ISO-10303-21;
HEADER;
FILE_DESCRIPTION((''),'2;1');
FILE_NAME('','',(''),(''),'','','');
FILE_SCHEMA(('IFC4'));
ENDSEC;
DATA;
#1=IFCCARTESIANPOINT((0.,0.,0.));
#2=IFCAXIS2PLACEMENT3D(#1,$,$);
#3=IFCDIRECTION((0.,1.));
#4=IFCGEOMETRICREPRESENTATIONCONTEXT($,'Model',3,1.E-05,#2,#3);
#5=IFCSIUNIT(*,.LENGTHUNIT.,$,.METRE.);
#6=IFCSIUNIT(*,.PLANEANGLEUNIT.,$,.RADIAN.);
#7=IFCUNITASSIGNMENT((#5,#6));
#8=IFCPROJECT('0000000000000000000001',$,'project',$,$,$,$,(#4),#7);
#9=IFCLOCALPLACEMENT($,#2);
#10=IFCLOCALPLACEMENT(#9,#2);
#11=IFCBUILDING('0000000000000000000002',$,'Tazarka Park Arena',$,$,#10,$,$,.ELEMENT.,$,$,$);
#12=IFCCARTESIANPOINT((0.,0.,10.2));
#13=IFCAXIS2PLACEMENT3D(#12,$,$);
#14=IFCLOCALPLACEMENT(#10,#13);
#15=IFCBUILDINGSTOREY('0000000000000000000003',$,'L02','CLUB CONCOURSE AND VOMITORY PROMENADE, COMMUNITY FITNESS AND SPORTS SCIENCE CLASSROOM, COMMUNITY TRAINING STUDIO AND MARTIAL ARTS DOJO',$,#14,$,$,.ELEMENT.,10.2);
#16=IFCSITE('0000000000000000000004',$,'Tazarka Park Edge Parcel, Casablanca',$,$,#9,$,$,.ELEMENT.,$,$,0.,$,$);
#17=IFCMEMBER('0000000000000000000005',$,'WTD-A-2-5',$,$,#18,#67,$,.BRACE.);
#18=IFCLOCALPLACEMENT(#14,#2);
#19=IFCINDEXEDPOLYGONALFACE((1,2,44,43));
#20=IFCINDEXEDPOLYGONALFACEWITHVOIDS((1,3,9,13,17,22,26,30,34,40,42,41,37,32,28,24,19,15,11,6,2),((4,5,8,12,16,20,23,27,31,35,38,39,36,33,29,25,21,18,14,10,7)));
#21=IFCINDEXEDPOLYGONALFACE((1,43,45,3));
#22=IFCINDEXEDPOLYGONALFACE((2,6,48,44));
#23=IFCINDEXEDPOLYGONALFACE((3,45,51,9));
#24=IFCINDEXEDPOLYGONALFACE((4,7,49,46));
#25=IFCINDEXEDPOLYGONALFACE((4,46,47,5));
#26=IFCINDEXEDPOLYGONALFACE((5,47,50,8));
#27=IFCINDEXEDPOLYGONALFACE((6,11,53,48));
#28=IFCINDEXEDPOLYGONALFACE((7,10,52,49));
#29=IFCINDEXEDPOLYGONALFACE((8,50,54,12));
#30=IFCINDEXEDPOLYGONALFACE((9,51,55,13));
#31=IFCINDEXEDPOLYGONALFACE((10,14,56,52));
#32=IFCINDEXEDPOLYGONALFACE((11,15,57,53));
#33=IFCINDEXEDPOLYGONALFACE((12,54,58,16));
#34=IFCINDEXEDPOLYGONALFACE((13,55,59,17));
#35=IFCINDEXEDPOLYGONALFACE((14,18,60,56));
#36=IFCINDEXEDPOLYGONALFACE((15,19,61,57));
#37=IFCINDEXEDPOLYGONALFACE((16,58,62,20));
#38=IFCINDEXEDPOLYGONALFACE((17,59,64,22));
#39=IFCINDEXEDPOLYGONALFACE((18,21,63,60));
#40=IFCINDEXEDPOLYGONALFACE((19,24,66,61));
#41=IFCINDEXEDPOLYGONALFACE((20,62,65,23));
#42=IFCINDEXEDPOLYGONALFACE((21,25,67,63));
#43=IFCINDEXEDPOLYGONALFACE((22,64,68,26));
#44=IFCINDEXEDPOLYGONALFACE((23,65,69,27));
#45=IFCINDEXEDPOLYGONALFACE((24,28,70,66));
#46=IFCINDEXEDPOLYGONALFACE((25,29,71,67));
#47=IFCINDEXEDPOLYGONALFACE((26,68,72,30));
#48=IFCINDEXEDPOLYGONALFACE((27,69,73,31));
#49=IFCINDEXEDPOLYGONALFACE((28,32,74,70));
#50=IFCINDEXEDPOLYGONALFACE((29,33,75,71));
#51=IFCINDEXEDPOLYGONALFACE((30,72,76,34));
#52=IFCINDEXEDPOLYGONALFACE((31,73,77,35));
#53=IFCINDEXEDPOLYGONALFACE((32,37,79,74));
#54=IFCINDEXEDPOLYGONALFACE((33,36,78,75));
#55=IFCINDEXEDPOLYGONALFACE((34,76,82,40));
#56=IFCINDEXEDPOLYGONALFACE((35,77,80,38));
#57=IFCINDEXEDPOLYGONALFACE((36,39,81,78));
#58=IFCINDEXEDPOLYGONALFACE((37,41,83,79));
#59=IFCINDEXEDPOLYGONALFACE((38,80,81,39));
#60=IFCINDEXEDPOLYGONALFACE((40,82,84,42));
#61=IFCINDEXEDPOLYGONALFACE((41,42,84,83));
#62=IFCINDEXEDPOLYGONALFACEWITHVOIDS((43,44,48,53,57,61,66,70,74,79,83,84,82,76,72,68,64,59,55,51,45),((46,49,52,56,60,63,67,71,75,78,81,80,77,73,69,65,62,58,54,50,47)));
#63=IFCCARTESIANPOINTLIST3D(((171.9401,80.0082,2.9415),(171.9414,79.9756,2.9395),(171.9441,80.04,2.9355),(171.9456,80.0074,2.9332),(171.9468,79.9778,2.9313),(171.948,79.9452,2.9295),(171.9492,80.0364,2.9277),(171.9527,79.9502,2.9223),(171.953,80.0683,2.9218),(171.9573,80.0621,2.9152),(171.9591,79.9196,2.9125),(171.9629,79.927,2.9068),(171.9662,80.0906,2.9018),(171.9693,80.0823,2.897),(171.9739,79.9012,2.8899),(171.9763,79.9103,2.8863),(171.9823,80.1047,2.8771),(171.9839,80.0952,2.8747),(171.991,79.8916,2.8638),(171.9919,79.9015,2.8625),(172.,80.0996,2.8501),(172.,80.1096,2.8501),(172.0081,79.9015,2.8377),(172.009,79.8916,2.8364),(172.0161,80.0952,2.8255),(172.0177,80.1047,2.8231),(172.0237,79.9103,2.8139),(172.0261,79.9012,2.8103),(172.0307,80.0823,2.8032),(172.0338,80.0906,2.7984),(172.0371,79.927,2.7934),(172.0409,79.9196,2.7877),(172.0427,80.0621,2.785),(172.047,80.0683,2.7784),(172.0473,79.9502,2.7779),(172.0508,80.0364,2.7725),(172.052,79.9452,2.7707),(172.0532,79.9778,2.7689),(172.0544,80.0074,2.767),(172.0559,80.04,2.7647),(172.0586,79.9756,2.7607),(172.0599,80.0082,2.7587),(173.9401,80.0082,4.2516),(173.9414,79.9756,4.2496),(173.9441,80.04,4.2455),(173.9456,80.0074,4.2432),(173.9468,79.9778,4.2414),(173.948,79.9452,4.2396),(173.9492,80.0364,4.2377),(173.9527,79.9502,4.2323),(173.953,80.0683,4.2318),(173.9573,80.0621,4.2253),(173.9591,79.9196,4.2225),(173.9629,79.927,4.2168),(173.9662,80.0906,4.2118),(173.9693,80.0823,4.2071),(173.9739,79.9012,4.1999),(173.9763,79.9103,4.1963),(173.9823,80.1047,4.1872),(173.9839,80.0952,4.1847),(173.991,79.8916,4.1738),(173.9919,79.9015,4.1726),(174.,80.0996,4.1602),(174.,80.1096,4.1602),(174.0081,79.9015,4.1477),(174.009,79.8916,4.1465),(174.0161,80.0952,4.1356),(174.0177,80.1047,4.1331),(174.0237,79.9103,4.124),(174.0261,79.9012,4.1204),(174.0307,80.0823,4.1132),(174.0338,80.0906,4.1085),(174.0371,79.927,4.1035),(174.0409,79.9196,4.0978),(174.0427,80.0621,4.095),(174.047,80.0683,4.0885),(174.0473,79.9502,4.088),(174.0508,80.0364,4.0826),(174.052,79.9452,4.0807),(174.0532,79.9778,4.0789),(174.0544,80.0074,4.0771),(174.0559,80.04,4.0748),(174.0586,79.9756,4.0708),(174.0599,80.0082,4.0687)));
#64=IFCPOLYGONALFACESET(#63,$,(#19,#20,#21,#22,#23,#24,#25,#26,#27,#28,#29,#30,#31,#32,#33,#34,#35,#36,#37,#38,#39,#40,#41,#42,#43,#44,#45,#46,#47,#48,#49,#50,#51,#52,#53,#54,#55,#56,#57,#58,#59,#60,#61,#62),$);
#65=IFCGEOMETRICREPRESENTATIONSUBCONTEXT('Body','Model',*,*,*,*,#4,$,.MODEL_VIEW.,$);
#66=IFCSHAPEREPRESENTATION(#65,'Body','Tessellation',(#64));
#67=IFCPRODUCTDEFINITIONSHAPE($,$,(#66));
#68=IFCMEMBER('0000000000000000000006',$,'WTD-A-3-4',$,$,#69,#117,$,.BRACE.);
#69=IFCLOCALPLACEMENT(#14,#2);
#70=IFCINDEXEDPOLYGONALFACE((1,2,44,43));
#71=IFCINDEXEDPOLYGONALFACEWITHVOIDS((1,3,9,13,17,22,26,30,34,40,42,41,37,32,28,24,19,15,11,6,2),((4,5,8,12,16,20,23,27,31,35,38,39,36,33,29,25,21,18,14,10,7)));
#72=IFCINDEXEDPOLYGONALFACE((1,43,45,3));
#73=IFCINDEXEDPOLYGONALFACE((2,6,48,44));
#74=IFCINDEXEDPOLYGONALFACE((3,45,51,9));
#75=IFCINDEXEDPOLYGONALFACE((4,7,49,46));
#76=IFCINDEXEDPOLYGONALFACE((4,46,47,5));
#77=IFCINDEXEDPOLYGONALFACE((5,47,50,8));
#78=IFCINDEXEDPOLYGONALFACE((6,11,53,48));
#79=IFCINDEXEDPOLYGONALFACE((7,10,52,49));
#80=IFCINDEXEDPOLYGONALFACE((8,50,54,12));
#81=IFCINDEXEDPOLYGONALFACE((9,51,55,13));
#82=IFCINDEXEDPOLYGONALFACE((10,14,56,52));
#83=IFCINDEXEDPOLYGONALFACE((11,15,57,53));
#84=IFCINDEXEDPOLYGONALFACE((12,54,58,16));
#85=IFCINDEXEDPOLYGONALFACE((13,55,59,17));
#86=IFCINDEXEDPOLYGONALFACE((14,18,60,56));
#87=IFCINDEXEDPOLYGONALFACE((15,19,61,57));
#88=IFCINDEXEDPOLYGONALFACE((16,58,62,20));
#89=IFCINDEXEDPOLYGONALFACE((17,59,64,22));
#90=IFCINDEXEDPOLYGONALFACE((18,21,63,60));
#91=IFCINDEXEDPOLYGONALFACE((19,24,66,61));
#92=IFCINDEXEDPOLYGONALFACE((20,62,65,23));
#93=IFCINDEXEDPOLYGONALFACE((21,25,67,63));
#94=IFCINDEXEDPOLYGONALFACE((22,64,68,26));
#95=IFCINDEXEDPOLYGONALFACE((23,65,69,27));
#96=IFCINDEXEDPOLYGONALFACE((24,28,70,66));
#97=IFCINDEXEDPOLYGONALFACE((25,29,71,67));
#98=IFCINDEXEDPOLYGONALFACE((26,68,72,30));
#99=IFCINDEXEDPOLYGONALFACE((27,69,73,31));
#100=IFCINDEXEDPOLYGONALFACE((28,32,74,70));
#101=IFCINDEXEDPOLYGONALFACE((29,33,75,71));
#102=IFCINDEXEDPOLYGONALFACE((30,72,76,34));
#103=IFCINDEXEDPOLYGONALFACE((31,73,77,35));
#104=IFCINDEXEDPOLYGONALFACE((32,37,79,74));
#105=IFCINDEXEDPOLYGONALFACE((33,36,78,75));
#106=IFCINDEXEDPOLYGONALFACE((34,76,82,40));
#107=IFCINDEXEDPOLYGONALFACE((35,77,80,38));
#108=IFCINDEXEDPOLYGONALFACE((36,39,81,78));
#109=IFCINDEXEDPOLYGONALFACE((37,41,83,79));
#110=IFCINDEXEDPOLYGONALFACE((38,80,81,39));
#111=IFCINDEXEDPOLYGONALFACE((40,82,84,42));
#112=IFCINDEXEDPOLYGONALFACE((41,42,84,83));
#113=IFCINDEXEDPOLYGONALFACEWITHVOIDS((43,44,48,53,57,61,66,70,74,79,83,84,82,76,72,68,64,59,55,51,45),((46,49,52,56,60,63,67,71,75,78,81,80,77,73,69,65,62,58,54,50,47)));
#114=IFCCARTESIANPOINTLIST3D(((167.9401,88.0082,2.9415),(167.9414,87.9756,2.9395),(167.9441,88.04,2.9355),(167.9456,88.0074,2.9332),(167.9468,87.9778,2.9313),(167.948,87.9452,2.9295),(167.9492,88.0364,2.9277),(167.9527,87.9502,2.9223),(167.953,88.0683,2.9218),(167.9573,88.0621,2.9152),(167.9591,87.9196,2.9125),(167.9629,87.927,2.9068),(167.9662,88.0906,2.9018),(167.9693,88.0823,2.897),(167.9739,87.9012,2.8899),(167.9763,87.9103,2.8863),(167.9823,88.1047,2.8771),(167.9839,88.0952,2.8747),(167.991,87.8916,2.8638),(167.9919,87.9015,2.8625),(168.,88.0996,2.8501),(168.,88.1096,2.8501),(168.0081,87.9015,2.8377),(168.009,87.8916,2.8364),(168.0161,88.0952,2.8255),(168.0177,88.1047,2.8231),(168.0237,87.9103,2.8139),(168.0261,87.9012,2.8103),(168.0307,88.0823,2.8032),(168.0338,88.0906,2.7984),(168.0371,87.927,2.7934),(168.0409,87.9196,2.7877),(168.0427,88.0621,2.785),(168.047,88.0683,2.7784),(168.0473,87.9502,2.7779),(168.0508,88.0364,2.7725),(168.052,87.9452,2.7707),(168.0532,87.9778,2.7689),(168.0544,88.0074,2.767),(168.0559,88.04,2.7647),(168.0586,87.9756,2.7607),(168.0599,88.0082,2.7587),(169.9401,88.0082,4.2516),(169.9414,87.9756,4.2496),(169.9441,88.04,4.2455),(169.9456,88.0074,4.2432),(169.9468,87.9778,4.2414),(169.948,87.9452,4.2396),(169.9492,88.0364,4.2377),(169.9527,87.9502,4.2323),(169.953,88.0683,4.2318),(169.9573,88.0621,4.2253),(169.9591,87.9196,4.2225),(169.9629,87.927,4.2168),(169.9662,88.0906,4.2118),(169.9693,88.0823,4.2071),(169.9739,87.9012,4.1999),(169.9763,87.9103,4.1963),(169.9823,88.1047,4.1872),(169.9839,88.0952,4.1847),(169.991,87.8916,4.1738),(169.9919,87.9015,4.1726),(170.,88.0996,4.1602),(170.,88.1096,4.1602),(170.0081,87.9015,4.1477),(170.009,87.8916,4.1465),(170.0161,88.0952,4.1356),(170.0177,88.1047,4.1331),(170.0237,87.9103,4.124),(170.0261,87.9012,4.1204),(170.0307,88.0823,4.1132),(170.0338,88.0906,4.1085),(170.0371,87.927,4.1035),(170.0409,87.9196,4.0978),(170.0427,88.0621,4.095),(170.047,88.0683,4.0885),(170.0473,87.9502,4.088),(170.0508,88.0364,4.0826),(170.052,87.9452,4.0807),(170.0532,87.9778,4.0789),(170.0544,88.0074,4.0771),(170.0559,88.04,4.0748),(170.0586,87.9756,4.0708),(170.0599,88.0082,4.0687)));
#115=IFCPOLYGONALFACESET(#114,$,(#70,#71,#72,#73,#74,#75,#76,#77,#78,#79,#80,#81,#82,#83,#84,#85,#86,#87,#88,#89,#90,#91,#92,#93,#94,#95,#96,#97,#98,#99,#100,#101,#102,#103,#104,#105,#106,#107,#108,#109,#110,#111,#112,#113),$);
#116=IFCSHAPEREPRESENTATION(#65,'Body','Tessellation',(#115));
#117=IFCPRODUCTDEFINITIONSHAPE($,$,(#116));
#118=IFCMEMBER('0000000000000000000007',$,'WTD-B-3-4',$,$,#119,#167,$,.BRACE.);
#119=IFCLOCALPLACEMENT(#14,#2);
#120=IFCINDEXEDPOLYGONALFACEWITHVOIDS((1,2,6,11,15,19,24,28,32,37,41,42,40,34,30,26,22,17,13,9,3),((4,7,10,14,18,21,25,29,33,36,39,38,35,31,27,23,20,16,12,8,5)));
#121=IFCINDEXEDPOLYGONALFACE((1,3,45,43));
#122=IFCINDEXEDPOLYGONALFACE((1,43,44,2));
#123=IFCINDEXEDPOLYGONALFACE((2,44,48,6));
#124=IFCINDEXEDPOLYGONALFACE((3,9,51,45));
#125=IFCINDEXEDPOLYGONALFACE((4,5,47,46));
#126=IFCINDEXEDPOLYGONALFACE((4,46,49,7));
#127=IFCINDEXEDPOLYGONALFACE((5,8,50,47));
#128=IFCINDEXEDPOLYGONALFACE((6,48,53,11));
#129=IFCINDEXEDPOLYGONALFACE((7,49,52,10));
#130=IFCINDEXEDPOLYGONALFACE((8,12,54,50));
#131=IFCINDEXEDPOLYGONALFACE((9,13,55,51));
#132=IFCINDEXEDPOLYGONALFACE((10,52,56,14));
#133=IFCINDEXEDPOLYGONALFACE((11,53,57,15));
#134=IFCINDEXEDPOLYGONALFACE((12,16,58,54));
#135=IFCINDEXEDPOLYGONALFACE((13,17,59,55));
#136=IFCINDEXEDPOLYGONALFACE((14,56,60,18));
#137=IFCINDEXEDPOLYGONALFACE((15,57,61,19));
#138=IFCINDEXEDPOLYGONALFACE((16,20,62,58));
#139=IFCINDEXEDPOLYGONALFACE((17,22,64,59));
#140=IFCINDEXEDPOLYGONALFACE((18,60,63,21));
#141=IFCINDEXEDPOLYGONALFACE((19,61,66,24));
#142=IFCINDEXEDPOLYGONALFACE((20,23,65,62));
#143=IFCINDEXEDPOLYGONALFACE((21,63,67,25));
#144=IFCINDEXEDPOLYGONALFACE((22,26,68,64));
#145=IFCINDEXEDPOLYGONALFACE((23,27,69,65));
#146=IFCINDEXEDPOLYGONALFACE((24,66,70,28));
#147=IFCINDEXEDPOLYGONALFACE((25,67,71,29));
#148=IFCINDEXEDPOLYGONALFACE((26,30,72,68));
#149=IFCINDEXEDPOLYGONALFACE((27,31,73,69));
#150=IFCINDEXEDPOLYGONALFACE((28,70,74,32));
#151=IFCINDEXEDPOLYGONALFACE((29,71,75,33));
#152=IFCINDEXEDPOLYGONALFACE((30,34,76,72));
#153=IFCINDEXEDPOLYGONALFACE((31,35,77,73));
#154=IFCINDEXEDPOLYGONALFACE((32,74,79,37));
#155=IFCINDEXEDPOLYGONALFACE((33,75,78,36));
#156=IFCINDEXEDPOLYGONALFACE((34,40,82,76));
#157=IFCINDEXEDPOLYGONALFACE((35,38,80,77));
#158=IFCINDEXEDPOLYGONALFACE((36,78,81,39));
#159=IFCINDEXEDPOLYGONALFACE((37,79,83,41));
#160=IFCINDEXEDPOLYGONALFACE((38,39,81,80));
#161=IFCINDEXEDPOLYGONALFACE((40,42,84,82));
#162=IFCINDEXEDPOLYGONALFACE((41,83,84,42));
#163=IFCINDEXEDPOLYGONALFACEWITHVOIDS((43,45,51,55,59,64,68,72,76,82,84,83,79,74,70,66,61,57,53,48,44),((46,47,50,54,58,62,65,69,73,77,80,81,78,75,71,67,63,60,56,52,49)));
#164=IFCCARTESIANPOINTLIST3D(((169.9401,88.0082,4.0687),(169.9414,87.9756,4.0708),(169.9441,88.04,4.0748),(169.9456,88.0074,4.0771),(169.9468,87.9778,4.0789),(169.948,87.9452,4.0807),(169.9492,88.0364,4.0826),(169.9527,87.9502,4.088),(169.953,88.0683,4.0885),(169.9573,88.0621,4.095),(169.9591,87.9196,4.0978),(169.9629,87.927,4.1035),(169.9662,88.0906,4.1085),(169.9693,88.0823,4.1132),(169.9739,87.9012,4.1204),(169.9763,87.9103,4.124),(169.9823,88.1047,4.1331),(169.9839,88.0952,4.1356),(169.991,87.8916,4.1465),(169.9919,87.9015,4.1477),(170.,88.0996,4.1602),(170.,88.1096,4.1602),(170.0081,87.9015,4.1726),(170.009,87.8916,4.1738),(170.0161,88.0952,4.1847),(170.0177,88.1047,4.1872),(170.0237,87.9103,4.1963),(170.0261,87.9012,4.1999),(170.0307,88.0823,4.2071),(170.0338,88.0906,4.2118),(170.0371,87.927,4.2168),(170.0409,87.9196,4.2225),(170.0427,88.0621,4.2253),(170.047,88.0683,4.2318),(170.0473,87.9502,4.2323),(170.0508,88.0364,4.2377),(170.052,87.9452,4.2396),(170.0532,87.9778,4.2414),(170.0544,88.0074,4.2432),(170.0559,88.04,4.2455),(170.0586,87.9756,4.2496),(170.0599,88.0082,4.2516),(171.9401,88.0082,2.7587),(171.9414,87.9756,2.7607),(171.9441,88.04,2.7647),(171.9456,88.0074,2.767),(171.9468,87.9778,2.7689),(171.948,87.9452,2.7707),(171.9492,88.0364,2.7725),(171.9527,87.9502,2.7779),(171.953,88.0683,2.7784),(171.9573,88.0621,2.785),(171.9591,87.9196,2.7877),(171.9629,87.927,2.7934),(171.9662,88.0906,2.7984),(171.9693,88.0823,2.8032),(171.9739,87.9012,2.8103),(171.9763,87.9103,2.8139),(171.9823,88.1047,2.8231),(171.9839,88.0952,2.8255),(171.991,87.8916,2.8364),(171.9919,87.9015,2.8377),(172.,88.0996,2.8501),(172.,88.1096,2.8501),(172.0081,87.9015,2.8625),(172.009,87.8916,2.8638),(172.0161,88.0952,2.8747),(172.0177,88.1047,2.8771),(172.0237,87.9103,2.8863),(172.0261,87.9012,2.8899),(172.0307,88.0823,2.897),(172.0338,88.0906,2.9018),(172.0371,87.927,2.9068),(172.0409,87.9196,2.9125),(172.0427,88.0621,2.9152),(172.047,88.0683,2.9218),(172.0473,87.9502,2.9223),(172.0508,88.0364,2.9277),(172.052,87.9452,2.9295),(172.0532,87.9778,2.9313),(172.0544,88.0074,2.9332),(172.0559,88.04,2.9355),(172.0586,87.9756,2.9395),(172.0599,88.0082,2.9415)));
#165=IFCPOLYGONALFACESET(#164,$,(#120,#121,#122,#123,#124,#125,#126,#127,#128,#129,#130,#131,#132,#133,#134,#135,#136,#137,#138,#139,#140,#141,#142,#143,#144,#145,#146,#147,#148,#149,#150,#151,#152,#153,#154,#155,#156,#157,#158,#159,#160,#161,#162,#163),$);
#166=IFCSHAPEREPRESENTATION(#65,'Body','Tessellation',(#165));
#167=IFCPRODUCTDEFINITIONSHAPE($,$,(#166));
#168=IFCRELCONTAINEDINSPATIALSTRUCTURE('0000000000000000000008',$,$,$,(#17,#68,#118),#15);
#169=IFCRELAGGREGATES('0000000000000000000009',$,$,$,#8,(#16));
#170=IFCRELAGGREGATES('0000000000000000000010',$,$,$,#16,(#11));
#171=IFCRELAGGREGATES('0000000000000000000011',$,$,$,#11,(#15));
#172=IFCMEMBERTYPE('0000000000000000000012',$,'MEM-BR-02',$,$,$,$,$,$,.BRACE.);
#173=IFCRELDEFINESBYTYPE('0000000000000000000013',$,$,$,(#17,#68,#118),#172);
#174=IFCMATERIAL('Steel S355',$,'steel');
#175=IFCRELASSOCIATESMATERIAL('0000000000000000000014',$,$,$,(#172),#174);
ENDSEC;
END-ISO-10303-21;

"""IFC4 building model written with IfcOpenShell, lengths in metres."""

from ifc_helpers import new_model, si_unit, direction, frame, origin, origin_2d, place, context, subcontext, project, spatial, hollow_circle, extrude, material, material_profile, profile_set, type_object, element, save


model = new_model("IFC4")

# Units and contexts
model_context = context("Model", 3, precision=1e-05, world=origin(), true_north=direction((0.0, 1.0)))
body_context = subcontext(model_context, "Body", "Model", "MODEL_VIEW")
ifc_project = project(units=[si_unit("LENGTHUNIT", "METRE"), si_unit("PLANEANGLEUNIT", "RADIAN")], contexts=[model_context])

# Site, building, storey
site_placement = place(None, origin())
site = spatial("IfcSite", under=ifc_project, at=site_placement, Name="Tazarka Park Edge Parcel, Casablanca", CompositionType="ELEMENT", RefElevation=0.0)
building_placement = place(site_placement, origin())
building = spatial("IfcBuilding", under=site, at=building_placement, Name="Tazarka Park Arena", CompositionType="ELEMENT")
storey_placement = place(building_placement, frame((0.0, 0.0, 10.2)))
storey = spatial("IfcBuildingStorey", under=building, at=storey_placement, Name="L02", Description="CLUB CONCOURSE AND VOMITORY PROMENADE, COMMUNITY FITNESS AND SPORTS SCIENCE CLASSROOM, COMMUNITY TRAINING STUDIO AND MARTIAL ARTS DOJO", CompositionType="ELEMENT", Elevation=10.2)

# Members
ifc_material_1 = material(Name="Steel S355", Category="steel")
ifc_material_profile_1 = material_profile(ifc_material_1, hollow_circle(Radius=0.1096, WallThickness=0.01, at=origin_2d()), Name="Steel S355")
ifc_profile_set_1 = profile_set([ifc_material_profile_1], Name="Steel S355")
member_type_1 = type_object("IfcMemberType", Name="MEM-BR-02", PredefinedType="BRACE", material=ifc_profile_set_1)
for number, where, z_axis, x_axis, name in (
    (1, (172.0, 80.0, 2.8501), (0.836516, 0.0, 0.547942), (0.0, 1.0, 0.0), "WTD-A-2-5"),
    (2, (168.0, 88.0, 2.8501), (0.836516, 0.0, 0.547942), (0.0, 1.0, 0.0), "WTD-A-3-4"),
    (3, (170.0, 88.0, 4.1602), (0.836516, 0.0, -0.547942), (0.0, 1.0, 0.0), "WTD-B-3-4"),
):
    element("IfcMember", number, at=place(storey_placement, frame(where, z_axis=z_axis, x_axis=x_axis)), inside=storey, type_object=member_type_1, Name=name, PredefinedType="BRACE", context=body_context, shape_type="SweptSolid", body=[
        extrude(hollow_circle(Radius=0.1096, WallThickness=0.01, at=origin_2d()), origin(), (0.0, 0.0, 1.0), 2.3909),
    ])

save(model, "model.ifc")
